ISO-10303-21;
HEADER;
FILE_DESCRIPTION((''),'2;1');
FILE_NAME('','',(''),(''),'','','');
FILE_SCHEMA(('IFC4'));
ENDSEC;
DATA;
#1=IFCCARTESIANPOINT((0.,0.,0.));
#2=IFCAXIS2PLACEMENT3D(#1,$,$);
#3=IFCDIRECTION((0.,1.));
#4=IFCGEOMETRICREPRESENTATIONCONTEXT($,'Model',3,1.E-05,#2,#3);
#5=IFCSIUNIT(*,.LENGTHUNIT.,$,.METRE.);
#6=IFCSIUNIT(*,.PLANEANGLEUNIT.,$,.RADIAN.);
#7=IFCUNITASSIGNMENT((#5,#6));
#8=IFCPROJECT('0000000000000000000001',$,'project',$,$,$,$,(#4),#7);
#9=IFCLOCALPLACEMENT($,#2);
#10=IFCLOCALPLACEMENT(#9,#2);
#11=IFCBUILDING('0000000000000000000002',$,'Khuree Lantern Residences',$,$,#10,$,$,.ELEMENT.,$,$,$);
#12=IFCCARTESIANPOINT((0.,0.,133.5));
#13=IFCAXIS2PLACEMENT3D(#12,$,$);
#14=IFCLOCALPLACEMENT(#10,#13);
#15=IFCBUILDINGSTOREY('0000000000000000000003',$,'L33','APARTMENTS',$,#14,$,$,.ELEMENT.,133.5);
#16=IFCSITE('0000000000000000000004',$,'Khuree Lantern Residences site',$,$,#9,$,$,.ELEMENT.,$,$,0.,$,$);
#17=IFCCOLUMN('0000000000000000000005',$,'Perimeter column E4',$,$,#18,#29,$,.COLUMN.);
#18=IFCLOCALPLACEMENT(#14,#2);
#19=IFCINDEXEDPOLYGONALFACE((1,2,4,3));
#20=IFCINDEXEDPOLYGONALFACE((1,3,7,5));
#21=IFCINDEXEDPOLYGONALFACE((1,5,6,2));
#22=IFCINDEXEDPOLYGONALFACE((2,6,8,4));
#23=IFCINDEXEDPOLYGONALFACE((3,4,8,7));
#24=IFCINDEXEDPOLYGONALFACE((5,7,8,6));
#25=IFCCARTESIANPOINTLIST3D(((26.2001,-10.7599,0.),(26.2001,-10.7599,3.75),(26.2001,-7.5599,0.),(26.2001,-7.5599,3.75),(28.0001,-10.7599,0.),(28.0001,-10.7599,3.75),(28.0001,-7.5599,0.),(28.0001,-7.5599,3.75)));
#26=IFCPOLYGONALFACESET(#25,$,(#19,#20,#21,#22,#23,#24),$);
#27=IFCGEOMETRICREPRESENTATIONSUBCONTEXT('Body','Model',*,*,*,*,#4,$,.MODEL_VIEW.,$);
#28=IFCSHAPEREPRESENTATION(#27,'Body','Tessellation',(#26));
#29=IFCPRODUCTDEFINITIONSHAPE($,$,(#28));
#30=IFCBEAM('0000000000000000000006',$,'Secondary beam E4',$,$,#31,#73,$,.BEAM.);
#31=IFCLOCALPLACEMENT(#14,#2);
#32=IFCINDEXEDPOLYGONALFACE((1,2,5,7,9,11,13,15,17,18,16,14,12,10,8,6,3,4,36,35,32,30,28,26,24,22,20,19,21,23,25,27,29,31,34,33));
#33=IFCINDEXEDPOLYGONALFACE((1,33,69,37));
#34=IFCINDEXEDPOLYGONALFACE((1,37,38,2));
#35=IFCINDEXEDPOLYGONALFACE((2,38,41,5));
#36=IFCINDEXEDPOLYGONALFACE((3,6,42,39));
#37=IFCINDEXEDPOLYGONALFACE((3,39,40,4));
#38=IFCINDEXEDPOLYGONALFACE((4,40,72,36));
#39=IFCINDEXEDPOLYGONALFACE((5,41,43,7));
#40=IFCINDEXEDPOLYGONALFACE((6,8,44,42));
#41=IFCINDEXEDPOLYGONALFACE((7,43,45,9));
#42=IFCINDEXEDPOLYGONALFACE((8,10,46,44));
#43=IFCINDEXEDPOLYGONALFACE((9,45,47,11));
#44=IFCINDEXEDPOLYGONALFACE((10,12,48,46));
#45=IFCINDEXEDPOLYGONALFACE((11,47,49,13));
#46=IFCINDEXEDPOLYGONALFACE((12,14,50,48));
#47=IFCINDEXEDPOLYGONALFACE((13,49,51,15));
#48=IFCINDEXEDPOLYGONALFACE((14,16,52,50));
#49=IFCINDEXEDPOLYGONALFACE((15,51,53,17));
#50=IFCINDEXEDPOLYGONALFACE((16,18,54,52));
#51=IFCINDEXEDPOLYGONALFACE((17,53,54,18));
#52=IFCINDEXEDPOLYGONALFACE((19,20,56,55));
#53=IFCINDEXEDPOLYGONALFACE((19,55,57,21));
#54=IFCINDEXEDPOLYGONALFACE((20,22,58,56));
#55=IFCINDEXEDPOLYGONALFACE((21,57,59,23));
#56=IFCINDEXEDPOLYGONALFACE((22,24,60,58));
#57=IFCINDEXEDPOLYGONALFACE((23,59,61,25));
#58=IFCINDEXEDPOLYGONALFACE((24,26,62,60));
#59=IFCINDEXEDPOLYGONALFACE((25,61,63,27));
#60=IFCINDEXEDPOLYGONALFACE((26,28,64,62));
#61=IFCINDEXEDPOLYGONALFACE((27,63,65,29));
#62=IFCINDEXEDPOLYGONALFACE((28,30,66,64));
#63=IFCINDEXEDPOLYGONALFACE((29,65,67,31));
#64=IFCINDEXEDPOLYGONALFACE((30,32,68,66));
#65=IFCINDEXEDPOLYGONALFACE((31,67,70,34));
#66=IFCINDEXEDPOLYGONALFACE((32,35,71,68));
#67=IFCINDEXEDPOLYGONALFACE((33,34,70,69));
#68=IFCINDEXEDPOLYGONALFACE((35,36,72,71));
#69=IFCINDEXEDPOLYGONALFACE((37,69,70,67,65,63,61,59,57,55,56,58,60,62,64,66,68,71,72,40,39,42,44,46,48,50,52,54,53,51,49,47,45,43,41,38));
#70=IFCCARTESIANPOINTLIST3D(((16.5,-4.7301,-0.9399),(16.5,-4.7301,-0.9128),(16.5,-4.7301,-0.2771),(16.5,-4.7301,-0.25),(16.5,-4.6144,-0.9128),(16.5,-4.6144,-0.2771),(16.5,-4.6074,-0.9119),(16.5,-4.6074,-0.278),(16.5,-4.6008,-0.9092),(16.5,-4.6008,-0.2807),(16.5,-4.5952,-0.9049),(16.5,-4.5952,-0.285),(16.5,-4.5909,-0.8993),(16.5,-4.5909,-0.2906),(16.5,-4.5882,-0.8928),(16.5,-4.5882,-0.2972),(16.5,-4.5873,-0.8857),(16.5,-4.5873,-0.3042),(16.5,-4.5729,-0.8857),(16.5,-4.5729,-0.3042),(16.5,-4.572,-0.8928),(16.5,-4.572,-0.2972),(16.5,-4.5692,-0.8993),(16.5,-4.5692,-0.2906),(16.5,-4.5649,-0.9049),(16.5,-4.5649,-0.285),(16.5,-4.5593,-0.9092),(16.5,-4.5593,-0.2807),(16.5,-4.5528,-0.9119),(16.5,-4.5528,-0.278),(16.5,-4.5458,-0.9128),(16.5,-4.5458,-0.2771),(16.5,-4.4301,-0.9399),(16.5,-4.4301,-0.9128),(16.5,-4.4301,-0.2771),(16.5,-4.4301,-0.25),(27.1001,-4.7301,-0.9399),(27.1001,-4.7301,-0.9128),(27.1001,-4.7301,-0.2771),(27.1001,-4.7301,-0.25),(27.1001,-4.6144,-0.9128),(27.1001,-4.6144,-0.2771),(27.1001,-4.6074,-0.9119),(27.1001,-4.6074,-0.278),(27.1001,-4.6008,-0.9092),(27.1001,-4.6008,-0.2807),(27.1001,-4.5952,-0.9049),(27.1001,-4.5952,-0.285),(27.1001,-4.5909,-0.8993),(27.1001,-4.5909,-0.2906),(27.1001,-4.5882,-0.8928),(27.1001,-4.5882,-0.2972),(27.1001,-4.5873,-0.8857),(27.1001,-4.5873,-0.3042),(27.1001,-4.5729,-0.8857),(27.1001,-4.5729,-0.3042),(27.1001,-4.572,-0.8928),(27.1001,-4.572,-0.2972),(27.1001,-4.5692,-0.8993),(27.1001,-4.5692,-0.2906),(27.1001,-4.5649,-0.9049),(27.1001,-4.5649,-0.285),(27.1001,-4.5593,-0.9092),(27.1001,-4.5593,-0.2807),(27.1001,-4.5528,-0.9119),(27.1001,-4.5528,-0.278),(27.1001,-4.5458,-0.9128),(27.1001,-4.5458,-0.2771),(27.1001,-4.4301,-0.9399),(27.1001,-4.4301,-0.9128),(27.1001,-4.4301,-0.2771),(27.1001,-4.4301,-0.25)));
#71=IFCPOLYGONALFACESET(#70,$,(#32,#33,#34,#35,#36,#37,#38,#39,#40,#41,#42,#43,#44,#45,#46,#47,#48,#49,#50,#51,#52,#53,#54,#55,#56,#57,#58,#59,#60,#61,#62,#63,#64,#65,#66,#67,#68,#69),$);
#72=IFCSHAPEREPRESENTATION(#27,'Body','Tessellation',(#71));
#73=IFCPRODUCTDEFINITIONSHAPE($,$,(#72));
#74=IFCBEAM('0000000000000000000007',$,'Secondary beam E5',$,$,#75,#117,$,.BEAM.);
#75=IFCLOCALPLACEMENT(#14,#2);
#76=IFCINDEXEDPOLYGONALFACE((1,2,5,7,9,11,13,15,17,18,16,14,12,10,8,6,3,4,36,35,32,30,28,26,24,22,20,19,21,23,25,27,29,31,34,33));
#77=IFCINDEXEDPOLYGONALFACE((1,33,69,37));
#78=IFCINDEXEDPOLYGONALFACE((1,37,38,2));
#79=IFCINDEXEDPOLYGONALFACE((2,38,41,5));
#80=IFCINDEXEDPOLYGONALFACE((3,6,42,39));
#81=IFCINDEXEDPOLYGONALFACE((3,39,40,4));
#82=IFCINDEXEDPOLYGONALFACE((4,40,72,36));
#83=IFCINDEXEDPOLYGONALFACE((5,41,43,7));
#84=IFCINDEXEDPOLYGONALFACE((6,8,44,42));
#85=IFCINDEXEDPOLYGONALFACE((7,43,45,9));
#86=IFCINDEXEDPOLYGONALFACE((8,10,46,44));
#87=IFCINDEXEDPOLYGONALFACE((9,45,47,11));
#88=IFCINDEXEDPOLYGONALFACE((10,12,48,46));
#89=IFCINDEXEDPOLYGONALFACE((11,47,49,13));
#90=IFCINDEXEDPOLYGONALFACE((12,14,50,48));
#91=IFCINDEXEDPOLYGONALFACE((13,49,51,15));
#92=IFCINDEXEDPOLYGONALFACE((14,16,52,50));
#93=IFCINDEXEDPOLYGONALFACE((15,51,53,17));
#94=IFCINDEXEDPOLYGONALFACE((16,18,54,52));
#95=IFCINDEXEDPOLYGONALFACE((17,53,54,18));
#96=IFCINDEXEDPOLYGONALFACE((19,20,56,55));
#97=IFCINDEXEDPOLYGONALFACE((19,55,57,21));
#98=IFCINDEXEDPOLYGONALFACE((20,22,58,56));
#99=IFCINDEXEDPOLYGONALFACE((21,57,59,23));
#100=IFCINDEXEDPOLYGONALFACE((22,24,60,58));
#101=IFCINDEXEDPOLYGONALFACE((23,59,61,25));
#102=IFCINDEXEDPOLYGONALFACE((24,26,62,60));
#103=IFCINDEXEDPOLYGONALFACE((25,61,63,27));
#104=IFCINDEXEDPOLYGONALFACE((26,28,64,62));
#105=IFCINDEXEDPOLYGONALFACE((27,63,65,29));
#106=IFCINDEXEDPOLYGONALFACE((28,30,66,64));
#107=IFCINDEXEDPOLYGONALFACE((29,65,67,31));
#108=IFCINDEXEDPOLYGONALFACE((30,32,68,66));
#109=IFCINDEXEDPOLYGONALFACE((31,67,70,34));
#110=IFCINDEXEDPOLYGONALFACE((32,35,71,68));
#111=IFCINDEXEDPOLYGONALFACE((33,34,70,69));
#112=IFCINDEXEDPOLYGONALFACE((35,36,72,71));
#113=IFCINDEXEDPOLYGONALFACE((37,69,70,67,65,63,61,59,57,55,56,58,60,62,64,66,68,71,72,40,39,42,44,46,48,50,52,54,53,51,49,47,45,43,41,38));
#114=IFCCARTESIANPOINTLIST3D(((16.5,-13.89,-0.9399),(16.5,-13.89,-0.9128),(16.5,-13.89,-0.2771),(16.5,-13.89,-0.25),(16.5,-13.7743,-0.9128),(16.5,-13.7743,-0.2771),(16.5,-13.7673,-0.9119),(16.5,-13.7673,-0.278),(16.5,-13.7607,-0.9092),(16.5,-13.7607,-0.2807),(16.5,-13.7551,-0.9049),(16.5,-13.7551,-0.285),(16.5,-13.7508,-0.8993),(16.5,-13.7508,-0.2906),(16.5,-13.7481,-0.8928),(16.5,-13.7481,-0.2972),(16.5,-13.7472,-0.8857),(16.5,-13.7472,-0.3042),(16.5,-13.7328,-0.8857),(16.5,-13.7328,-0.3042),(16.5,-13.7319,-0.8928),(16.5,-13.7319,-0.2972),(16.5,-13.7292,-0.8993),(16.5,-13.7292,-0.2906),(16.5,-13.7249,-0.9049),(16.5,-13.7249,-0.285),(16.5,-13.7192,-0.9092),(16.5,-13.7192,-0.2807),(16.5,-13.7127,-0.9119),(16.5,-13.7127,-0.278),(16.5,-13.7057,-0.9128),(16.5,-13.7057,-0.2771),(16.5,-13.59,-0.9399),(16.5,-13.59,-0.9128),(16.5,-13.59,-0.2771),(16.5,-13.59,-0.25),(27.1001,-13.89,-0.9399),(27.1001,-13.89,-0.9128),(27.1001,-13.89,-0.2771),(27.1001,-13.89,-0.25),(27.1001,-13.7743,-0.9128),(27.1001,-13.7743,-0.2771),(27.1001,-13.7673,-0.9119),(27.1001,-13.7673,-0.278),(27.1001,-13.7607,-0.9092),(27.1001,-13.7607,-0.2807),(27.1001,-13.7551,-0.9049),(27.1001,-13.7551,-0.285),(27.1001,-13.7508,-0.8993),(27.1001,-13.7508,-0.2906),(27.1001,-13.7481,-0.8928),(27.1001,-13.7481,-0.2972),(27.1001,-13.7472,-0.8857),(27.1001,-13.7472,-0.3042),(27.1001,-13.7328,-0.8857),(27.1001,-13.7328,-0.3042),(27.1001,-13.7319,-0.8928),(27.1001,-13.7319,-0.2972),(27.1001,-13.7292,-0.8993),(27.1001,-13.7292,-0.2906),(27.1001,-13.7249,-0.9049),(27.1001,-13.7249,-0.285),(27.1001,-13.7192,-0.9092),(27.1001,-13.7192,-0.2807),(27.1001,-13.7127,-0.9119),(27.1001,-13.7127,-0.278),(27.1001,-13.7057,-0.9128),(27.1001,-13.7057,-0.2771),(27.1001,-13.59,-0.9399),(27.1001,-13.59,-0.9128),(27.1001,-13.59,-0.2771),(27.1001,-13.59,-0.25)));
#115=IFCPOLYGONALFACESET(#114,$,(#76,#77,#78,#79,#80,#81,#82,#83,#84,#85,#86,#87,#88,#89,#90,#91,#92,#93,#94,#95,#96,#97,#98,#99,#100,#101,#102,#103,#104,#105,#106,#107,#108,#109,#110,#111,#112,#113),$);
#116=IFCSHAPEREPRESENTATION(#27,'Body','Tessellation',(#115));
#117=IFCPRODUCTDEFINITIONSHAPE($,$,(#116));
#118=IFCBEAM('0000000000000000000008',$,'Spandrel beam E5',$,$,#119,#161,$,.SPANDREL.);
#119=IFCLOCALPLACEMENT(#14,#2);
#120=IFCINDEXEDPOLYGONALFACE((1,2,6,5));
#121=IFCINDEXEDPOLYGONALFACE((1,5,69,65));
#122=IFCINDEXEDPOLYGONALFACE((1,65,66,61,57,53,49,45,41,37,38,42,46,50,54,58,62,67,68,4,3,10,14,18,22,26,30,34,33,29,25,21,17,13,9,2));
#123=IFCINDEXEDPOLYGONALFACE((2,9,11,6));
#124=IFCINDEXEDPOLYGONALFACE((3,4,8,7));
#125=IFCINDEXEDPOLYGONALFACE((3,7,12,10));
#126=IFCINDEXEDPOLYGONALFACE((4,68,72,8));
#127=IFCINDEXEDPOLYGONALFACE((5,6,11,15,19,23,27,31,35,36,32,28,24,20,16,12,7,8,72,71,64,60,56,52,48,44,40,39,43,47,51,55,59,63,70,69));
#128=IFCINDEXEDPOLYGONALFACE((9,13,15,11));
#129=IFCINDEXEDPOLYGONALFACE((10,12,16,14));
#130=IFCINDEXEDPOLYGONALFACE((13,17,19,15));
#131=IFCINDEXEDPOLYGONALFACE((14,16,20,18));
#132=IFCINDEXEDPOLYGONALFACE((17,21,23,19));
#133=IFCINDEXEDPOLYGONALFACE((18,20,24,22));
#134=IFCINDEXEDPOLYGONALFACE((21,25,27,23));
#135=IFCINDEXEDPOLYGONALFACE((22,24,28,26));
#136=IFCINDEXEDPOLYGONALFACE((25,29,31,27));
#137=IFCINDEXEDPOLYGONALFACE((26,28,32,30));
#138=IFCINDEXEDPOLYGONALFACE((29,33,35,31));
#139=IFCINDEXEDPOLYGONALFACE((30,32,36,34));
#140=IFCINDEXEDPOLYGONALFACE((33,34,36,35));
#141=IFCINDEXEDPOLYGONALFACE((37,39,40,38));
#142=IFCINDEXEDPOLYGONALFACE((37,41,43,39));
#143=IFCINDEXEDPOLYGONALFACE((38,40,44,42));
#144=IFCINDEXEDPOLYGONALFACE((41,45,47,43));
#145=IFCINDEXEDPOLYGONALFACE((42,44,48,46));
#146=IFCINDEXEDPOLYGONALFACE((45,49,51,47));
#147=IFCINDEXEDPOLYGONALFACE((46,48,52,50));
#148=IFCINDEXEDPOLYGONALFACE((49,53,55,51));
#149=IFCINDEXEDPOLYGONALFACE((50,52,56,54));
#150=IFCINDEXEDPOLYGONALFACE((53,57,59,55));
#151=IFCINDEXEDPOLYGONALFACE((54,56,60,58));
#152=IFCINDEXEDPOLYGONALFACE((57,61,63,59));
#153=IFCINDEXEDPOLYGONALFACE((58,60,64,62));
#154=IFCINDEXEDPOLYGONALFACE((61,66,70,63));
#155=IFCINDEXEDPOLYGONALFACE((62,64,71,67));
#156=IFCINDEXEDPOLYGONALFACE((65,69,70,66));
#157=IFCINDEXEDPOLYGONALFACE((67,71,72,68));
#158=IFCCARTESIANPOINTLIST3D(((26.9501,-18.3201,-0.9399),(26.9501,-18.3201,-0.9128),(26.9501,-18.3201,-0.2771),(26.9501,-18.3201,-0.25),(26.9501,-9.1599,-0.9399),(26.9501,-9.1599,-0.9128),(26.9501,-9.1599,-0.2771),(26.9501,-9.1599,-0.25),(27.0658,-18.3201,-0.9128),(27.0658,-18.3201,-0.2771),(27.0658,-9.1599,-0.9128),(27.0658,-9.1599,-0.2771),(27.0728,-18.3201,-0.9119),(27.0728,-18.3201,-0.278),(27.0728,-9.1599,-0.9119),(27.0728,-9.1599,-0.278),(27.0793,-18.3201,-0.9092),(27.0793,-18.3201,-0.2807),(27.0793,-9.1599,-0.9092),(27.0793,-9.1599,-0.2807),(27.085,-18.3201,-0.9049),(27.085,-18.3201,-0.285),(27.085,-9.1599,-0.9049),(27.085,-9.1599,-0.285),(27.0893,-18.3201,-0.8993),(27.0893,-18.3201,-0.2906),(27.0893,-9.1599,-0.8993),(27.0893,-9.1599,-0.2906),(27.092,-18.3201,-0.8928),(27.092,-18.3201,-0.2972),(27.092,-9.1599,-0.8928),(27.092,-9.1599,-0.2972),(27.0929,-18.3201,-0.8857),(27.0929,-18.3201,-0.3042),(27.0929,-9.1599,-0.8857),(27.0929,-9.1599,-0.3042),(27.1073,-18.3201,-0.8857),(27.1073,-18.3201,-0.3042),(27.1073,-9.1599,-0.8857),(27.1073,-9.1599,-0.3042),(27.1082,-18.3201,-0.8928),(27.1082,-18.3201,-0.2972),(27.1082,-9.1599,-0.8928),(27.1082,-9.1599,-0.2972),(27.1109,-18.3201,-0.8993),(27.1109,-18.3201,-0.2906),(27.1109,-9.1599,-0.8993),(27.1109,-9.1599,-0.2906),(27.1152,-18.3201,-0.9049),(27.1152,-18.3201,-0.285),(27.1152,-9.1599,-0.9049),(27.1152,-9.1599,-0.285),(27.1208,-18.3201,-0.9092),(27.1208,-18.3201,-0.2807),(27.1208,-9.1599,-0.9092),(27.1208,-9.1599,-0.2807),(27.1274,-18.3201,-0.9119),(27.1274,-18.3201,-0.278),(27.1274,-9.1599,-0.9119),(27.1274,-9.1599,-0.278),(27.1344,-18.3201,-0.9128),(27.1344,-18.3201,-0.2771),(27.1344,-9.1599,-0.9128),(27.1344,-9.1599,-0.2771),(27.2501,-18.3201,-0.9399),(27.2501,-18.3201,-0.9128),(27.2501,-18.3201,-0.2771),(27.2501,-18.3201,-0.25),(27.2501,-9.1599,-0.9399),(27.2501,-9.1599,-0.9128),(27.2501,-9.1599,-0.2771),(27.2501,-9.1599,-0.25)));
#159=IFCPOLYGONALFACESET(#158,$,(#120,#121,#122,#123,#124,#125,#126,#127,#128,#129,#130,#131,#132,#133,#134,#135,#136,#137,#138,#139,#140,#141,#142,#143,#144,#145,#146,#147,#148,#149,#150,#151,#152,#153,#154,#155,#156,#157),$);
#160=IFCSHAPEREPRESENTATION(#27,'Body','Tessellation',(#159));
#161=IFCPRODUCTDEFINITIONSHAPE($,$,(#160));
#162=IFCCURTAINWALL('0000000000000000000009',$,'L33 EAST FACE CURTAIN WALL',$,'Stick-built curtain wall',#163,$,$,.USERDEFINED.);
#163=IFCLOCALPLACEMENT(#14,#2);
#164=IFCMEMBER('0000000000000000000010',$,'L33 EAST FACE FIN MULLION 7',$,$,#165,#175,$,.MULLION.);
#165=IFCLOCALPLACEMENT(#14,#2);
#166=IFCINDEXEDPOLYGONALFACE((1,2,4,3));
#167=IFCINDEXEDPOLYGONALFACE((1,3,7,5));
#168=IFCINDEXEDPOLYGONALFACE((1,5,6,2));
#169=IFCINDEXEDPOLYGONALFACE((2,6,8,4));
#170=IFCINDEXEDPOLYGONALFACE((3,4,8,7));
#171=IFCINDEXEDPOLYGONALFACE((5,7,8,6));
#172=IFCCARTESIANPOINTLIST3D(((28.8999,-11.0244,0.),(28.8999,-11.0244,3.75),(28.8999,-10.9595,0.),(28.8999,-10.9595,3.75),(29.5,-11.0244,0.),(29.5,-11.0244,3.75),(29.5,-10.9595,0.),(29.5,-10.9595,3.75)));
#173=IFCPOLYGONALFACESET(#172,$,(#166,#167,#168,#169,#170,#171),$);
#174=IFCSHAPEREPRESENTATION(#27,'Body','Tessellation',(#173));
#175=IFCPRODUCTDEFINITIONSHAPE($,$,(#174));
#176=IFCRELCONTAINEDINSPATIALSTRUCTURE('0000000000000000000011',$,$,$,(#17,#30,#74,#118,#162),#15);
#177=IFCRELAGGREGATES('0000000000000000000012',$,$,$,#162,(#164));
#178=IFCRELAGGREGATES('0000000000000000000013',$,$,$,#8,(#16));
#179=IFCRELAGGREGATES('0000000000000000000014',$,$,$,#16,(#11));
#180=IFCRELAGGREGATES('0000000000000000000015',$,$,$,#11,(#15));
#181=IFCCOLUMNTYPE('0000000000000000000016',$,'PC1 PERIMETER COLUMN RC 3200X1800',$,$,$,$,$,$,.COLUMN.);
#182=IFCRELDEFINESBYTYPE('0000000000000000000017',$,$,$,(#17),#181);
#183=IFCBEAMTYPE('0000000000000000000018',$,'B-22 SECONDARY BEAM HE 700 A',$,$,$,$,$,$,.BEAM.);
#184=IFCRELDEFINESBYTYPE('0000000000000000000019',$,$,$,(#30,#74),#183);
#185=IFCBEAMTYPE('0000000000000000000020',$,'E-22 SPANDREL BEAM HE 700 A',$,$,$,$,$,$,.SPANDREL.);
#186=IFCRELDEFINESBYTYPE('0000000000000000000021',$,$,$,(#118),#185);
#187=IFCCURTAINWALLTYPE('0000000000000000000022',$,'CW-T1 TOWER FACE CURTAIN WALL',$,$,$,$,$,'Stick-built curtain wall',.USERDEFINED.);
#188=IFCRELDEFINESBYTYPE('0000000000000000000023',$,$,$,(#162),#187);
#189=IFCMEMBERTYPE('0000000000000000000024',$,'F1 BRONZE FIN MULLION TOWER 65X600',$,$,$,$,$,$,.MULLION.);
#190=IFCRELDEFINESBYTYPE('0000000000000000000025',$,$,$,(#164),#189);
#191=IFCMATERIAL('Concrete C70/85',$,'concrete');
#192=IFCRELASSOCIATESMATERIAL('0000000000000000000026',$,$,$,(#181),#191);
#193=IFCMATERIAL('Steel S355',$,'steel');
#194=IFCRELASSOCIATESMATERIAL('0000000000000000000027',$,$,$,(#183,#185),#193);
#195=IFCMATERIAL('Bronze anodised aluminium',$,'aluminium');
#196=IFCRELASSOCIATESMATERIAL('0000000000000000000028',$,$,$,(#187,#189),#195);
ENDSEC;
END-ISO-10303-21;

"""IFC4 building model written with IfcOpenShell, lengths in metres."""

from ifc_helpers import new_model, si_unit, direction, frame, origin, origin_2d, place, context, subcontext, project, spatial, rectangle, i_section, extrude, material, material_profile, profile_set, type_object, element, aggregate, save


model = new_model("IFC4")

# Units and contexts
model_context = context("Model", 3, precision=1e-05, world=origin(), true_north=direction((0.0, 1.0)))
body_context = subcontext(model_context, "Body", "Model", "MODEL_VIEW")
ifc_project = project(units=[si_unit("LENGTHUNIT", "METRE"), si_unit("PLANEANGLEUNIT", "RADIAN")], contexts=[model_context])

# Site, building, storey
site_placement = place(None, origin())
site = spatial("IfcSite", under=ifc_project, at=site_placement, Name="Khuree Lantern Residences site", CompositionType="ELEMENT", RefElevation=0.0)
building_placement = place(site_placement, origin())
building = spatial("IfcBuilding", under=site, at=building_placement, Name="Khuree Lantern Residences", CompositionType="ELEMENT")
storey_placement = place(building_placement, frame((0.0, 0.0, 133.5)))
storey = spatial("IfcBuildingStorey", under=building, at=storey_placement, Name="L33", Description="APARTMENTS", CompositionType="ELEMENT", Elevation=133.5)

# Column
ifc_material_1 = material(Name="Concrete C70/85", Category="concrete")
ifc_material_profile_1 = material_profile(ifc_material_1, rectangle(XDim=3.2, YDim=1.8, at=origin_2d()), Name="RC 3200X1800")
ifc_profile_set_1 = profile_set([ifc_material_profile_1], Name="Concrete C70/85")
column_type = type_object("IfcColumnType", Name="PC1 PERIMETER COLUMN RC 3200X1800", PredefinedType="COLUMN", material=ifc_profile_set_1)
column_placement = place(storey_placement, frame((27.1001, -9.1599, 0.0), z_axis=(0.0, 0.0, 1.0), x_axis=(0.0, 1.0, 0.0)))
element("IfcColumn", 1, at=column_placement, inside=storey, type_object=column_type, Name="Perimeter column E4", PredefinedType="COLUMN", context=body_context, shape_type="SweptSolid", body=[
    extrude(rectangle(XDim=3.2, YDim=1.8, at=origin_2d()), origin(), (0.0, 0.0, 1.0), 3.75),
])

# Beams
ifc_material_2 = material(Name="Steel S355", Category="steel")
ifc_material_profile_2 = material_profile(ifc_material_2, i_section(OverallWidth=0.3, OverallDepth=0.6899, WebThickness=0.0144, FlangeThickness=0.0271, FilletRadius=0.0271, at=origin_2d()), Name="HE 700 A")
ifc_profile_set_2 = profile_set([ifc_material_profile_2], Name="Steel S355")
beam_type_1 = type_object("IfcBeamType", Name="B-22 SECONDARY BEAM HE 700 A", PredefinedType="BEAM", material=ifc_profile_set_2)
for number, where, z_axis, x_axis, name in (
    (2, (27.1001, -4.5801, -0.595), (-1.0, 0.0, 0.0), (0.0, -1.0, 0.0), "Secondary beam E4"),
    (3, (27.1001, -13.74, -0.595), (-1.0, 0.0, 0.0), (0.0, -1.0, 0.0), "Secondary beam E5"),
):
    element("IfcBeam", number, at=place(storey_placement, frame(where, z_axis=z_axis, x_axis=x_axis)), inside=storey, type_object=beam_type_1, Name=name, PredefinedType="BEAM", context=body_context, shape_type="SweptSolid", body=[
        extrude(i_section(OverallWidth=0.3, OverallDepth=0.6899, WebThickness=0.0144, FlangeThickness=0.0271, FilletRadius=0.0271, at=origin_2d()), origin(), (0.0, 0.0, 1.0), 10.6001),
    ])
ifc_material_profile_3 = material_profile(ifc_material_2, i_section(OverallWidth=0.3, OverallDepth=0.6899, WebThickness=0.0144, FlangeThickness=0.0271, FilletRadius=0.0271, at=origin_2d()), Name="HE 700 A")
ifc_profile_set_3 = profile_set([ifc_material_profile_3], Name="Steel S355")
beam_type_2 = type_object("IfcBeamType", Name="E-22 SPANDREL BEAM HE 700 A", PredefinedType="SPANDREL", material=ifc_profile_set_3)
beam_1_placement = place(storey_placement, frame((27.1001, -9.1599, -0.595), z_axis=(0.0, -1.0, 0.0), x_axis=(1.0, 0.0, 0.0)))
element("IfcBeam", 4, at=beam_1_placement, inside=storey, type_object=beam_type_2, Name="Spandrel beam E5", PredefinedType="SPANDREL", context=body_context, shape_type="SweptSolid", body=[
    extrude(i_section(OverallWidth=0.3, OverallDepth=0.6899, WebThickness=0.0144, FlangeThickness=0.0271, FilletRadius=0.0271, at=origin_2d()), origin(), (0.0, 0.0, 1.0), 9.1602),
])

# Curtain wall, member
ifc_material_3 = material(Name="Bronze anodised aluminium", Category="aluminium")
curtain_wall_type = type_object("IfcCurtainWallType", Name="CW-T1 TOWER FACE CURTAIN WALL", ElementType="Stick-built curtain wall", PredefinedType="USERDEFINED", material=ifc_material_3)
curtain_wall_placement = place(storey_placement, origin())
curtain_wall = element("IfcCurtainWall", 5, at=curtain_wall_placement, inside=storey, type_object=curtain_wall_type, Name="L33 EAST FACE CURTAIN WALL", ObjectType="Stick-built curtain wall", PredefinedType="USERDEFINED")
ifc_material_profile_4 = material_profile(ifc_material_3, rectangle(XDim=0.0649, YDim=0.6001, at=origin_2d()), Name="F1 65X600")
ifc_profile_set_4 = profile_set([ifc_material_profile_4], Name="Bronze anodised aluminium")
member_type_1 = type_object("IfcMemberType", Name="F1 BRONZE FIN MULLION TOWER 65X600", PredefinedType="MULLION", material=ifc_profile_set_4)
member_1_placement = place(storey_placement, frame((29.2, -10.9919, 0.0), z_axis=(0.0, 0.0, 1.0), x_axis=(0.0, 1.0, 0.0)))
member_1 = element("IfcMember", 6, at=member_1_placement, type_object=member_type_1, Name="L33 EAST FACE FIN MULLION 7", PredefinedType="MULLION", context=body_context, shape_type="SweptSolid", body=[
    extrude(rectangle(XDim=0.0649, YDim=0.6001, at=origin_2d()), origin(), (0.0, 0.0, 1.0), 3.75),
])

aggregate(curtain_wall, [member_1])

save(model, "model.ifc")
